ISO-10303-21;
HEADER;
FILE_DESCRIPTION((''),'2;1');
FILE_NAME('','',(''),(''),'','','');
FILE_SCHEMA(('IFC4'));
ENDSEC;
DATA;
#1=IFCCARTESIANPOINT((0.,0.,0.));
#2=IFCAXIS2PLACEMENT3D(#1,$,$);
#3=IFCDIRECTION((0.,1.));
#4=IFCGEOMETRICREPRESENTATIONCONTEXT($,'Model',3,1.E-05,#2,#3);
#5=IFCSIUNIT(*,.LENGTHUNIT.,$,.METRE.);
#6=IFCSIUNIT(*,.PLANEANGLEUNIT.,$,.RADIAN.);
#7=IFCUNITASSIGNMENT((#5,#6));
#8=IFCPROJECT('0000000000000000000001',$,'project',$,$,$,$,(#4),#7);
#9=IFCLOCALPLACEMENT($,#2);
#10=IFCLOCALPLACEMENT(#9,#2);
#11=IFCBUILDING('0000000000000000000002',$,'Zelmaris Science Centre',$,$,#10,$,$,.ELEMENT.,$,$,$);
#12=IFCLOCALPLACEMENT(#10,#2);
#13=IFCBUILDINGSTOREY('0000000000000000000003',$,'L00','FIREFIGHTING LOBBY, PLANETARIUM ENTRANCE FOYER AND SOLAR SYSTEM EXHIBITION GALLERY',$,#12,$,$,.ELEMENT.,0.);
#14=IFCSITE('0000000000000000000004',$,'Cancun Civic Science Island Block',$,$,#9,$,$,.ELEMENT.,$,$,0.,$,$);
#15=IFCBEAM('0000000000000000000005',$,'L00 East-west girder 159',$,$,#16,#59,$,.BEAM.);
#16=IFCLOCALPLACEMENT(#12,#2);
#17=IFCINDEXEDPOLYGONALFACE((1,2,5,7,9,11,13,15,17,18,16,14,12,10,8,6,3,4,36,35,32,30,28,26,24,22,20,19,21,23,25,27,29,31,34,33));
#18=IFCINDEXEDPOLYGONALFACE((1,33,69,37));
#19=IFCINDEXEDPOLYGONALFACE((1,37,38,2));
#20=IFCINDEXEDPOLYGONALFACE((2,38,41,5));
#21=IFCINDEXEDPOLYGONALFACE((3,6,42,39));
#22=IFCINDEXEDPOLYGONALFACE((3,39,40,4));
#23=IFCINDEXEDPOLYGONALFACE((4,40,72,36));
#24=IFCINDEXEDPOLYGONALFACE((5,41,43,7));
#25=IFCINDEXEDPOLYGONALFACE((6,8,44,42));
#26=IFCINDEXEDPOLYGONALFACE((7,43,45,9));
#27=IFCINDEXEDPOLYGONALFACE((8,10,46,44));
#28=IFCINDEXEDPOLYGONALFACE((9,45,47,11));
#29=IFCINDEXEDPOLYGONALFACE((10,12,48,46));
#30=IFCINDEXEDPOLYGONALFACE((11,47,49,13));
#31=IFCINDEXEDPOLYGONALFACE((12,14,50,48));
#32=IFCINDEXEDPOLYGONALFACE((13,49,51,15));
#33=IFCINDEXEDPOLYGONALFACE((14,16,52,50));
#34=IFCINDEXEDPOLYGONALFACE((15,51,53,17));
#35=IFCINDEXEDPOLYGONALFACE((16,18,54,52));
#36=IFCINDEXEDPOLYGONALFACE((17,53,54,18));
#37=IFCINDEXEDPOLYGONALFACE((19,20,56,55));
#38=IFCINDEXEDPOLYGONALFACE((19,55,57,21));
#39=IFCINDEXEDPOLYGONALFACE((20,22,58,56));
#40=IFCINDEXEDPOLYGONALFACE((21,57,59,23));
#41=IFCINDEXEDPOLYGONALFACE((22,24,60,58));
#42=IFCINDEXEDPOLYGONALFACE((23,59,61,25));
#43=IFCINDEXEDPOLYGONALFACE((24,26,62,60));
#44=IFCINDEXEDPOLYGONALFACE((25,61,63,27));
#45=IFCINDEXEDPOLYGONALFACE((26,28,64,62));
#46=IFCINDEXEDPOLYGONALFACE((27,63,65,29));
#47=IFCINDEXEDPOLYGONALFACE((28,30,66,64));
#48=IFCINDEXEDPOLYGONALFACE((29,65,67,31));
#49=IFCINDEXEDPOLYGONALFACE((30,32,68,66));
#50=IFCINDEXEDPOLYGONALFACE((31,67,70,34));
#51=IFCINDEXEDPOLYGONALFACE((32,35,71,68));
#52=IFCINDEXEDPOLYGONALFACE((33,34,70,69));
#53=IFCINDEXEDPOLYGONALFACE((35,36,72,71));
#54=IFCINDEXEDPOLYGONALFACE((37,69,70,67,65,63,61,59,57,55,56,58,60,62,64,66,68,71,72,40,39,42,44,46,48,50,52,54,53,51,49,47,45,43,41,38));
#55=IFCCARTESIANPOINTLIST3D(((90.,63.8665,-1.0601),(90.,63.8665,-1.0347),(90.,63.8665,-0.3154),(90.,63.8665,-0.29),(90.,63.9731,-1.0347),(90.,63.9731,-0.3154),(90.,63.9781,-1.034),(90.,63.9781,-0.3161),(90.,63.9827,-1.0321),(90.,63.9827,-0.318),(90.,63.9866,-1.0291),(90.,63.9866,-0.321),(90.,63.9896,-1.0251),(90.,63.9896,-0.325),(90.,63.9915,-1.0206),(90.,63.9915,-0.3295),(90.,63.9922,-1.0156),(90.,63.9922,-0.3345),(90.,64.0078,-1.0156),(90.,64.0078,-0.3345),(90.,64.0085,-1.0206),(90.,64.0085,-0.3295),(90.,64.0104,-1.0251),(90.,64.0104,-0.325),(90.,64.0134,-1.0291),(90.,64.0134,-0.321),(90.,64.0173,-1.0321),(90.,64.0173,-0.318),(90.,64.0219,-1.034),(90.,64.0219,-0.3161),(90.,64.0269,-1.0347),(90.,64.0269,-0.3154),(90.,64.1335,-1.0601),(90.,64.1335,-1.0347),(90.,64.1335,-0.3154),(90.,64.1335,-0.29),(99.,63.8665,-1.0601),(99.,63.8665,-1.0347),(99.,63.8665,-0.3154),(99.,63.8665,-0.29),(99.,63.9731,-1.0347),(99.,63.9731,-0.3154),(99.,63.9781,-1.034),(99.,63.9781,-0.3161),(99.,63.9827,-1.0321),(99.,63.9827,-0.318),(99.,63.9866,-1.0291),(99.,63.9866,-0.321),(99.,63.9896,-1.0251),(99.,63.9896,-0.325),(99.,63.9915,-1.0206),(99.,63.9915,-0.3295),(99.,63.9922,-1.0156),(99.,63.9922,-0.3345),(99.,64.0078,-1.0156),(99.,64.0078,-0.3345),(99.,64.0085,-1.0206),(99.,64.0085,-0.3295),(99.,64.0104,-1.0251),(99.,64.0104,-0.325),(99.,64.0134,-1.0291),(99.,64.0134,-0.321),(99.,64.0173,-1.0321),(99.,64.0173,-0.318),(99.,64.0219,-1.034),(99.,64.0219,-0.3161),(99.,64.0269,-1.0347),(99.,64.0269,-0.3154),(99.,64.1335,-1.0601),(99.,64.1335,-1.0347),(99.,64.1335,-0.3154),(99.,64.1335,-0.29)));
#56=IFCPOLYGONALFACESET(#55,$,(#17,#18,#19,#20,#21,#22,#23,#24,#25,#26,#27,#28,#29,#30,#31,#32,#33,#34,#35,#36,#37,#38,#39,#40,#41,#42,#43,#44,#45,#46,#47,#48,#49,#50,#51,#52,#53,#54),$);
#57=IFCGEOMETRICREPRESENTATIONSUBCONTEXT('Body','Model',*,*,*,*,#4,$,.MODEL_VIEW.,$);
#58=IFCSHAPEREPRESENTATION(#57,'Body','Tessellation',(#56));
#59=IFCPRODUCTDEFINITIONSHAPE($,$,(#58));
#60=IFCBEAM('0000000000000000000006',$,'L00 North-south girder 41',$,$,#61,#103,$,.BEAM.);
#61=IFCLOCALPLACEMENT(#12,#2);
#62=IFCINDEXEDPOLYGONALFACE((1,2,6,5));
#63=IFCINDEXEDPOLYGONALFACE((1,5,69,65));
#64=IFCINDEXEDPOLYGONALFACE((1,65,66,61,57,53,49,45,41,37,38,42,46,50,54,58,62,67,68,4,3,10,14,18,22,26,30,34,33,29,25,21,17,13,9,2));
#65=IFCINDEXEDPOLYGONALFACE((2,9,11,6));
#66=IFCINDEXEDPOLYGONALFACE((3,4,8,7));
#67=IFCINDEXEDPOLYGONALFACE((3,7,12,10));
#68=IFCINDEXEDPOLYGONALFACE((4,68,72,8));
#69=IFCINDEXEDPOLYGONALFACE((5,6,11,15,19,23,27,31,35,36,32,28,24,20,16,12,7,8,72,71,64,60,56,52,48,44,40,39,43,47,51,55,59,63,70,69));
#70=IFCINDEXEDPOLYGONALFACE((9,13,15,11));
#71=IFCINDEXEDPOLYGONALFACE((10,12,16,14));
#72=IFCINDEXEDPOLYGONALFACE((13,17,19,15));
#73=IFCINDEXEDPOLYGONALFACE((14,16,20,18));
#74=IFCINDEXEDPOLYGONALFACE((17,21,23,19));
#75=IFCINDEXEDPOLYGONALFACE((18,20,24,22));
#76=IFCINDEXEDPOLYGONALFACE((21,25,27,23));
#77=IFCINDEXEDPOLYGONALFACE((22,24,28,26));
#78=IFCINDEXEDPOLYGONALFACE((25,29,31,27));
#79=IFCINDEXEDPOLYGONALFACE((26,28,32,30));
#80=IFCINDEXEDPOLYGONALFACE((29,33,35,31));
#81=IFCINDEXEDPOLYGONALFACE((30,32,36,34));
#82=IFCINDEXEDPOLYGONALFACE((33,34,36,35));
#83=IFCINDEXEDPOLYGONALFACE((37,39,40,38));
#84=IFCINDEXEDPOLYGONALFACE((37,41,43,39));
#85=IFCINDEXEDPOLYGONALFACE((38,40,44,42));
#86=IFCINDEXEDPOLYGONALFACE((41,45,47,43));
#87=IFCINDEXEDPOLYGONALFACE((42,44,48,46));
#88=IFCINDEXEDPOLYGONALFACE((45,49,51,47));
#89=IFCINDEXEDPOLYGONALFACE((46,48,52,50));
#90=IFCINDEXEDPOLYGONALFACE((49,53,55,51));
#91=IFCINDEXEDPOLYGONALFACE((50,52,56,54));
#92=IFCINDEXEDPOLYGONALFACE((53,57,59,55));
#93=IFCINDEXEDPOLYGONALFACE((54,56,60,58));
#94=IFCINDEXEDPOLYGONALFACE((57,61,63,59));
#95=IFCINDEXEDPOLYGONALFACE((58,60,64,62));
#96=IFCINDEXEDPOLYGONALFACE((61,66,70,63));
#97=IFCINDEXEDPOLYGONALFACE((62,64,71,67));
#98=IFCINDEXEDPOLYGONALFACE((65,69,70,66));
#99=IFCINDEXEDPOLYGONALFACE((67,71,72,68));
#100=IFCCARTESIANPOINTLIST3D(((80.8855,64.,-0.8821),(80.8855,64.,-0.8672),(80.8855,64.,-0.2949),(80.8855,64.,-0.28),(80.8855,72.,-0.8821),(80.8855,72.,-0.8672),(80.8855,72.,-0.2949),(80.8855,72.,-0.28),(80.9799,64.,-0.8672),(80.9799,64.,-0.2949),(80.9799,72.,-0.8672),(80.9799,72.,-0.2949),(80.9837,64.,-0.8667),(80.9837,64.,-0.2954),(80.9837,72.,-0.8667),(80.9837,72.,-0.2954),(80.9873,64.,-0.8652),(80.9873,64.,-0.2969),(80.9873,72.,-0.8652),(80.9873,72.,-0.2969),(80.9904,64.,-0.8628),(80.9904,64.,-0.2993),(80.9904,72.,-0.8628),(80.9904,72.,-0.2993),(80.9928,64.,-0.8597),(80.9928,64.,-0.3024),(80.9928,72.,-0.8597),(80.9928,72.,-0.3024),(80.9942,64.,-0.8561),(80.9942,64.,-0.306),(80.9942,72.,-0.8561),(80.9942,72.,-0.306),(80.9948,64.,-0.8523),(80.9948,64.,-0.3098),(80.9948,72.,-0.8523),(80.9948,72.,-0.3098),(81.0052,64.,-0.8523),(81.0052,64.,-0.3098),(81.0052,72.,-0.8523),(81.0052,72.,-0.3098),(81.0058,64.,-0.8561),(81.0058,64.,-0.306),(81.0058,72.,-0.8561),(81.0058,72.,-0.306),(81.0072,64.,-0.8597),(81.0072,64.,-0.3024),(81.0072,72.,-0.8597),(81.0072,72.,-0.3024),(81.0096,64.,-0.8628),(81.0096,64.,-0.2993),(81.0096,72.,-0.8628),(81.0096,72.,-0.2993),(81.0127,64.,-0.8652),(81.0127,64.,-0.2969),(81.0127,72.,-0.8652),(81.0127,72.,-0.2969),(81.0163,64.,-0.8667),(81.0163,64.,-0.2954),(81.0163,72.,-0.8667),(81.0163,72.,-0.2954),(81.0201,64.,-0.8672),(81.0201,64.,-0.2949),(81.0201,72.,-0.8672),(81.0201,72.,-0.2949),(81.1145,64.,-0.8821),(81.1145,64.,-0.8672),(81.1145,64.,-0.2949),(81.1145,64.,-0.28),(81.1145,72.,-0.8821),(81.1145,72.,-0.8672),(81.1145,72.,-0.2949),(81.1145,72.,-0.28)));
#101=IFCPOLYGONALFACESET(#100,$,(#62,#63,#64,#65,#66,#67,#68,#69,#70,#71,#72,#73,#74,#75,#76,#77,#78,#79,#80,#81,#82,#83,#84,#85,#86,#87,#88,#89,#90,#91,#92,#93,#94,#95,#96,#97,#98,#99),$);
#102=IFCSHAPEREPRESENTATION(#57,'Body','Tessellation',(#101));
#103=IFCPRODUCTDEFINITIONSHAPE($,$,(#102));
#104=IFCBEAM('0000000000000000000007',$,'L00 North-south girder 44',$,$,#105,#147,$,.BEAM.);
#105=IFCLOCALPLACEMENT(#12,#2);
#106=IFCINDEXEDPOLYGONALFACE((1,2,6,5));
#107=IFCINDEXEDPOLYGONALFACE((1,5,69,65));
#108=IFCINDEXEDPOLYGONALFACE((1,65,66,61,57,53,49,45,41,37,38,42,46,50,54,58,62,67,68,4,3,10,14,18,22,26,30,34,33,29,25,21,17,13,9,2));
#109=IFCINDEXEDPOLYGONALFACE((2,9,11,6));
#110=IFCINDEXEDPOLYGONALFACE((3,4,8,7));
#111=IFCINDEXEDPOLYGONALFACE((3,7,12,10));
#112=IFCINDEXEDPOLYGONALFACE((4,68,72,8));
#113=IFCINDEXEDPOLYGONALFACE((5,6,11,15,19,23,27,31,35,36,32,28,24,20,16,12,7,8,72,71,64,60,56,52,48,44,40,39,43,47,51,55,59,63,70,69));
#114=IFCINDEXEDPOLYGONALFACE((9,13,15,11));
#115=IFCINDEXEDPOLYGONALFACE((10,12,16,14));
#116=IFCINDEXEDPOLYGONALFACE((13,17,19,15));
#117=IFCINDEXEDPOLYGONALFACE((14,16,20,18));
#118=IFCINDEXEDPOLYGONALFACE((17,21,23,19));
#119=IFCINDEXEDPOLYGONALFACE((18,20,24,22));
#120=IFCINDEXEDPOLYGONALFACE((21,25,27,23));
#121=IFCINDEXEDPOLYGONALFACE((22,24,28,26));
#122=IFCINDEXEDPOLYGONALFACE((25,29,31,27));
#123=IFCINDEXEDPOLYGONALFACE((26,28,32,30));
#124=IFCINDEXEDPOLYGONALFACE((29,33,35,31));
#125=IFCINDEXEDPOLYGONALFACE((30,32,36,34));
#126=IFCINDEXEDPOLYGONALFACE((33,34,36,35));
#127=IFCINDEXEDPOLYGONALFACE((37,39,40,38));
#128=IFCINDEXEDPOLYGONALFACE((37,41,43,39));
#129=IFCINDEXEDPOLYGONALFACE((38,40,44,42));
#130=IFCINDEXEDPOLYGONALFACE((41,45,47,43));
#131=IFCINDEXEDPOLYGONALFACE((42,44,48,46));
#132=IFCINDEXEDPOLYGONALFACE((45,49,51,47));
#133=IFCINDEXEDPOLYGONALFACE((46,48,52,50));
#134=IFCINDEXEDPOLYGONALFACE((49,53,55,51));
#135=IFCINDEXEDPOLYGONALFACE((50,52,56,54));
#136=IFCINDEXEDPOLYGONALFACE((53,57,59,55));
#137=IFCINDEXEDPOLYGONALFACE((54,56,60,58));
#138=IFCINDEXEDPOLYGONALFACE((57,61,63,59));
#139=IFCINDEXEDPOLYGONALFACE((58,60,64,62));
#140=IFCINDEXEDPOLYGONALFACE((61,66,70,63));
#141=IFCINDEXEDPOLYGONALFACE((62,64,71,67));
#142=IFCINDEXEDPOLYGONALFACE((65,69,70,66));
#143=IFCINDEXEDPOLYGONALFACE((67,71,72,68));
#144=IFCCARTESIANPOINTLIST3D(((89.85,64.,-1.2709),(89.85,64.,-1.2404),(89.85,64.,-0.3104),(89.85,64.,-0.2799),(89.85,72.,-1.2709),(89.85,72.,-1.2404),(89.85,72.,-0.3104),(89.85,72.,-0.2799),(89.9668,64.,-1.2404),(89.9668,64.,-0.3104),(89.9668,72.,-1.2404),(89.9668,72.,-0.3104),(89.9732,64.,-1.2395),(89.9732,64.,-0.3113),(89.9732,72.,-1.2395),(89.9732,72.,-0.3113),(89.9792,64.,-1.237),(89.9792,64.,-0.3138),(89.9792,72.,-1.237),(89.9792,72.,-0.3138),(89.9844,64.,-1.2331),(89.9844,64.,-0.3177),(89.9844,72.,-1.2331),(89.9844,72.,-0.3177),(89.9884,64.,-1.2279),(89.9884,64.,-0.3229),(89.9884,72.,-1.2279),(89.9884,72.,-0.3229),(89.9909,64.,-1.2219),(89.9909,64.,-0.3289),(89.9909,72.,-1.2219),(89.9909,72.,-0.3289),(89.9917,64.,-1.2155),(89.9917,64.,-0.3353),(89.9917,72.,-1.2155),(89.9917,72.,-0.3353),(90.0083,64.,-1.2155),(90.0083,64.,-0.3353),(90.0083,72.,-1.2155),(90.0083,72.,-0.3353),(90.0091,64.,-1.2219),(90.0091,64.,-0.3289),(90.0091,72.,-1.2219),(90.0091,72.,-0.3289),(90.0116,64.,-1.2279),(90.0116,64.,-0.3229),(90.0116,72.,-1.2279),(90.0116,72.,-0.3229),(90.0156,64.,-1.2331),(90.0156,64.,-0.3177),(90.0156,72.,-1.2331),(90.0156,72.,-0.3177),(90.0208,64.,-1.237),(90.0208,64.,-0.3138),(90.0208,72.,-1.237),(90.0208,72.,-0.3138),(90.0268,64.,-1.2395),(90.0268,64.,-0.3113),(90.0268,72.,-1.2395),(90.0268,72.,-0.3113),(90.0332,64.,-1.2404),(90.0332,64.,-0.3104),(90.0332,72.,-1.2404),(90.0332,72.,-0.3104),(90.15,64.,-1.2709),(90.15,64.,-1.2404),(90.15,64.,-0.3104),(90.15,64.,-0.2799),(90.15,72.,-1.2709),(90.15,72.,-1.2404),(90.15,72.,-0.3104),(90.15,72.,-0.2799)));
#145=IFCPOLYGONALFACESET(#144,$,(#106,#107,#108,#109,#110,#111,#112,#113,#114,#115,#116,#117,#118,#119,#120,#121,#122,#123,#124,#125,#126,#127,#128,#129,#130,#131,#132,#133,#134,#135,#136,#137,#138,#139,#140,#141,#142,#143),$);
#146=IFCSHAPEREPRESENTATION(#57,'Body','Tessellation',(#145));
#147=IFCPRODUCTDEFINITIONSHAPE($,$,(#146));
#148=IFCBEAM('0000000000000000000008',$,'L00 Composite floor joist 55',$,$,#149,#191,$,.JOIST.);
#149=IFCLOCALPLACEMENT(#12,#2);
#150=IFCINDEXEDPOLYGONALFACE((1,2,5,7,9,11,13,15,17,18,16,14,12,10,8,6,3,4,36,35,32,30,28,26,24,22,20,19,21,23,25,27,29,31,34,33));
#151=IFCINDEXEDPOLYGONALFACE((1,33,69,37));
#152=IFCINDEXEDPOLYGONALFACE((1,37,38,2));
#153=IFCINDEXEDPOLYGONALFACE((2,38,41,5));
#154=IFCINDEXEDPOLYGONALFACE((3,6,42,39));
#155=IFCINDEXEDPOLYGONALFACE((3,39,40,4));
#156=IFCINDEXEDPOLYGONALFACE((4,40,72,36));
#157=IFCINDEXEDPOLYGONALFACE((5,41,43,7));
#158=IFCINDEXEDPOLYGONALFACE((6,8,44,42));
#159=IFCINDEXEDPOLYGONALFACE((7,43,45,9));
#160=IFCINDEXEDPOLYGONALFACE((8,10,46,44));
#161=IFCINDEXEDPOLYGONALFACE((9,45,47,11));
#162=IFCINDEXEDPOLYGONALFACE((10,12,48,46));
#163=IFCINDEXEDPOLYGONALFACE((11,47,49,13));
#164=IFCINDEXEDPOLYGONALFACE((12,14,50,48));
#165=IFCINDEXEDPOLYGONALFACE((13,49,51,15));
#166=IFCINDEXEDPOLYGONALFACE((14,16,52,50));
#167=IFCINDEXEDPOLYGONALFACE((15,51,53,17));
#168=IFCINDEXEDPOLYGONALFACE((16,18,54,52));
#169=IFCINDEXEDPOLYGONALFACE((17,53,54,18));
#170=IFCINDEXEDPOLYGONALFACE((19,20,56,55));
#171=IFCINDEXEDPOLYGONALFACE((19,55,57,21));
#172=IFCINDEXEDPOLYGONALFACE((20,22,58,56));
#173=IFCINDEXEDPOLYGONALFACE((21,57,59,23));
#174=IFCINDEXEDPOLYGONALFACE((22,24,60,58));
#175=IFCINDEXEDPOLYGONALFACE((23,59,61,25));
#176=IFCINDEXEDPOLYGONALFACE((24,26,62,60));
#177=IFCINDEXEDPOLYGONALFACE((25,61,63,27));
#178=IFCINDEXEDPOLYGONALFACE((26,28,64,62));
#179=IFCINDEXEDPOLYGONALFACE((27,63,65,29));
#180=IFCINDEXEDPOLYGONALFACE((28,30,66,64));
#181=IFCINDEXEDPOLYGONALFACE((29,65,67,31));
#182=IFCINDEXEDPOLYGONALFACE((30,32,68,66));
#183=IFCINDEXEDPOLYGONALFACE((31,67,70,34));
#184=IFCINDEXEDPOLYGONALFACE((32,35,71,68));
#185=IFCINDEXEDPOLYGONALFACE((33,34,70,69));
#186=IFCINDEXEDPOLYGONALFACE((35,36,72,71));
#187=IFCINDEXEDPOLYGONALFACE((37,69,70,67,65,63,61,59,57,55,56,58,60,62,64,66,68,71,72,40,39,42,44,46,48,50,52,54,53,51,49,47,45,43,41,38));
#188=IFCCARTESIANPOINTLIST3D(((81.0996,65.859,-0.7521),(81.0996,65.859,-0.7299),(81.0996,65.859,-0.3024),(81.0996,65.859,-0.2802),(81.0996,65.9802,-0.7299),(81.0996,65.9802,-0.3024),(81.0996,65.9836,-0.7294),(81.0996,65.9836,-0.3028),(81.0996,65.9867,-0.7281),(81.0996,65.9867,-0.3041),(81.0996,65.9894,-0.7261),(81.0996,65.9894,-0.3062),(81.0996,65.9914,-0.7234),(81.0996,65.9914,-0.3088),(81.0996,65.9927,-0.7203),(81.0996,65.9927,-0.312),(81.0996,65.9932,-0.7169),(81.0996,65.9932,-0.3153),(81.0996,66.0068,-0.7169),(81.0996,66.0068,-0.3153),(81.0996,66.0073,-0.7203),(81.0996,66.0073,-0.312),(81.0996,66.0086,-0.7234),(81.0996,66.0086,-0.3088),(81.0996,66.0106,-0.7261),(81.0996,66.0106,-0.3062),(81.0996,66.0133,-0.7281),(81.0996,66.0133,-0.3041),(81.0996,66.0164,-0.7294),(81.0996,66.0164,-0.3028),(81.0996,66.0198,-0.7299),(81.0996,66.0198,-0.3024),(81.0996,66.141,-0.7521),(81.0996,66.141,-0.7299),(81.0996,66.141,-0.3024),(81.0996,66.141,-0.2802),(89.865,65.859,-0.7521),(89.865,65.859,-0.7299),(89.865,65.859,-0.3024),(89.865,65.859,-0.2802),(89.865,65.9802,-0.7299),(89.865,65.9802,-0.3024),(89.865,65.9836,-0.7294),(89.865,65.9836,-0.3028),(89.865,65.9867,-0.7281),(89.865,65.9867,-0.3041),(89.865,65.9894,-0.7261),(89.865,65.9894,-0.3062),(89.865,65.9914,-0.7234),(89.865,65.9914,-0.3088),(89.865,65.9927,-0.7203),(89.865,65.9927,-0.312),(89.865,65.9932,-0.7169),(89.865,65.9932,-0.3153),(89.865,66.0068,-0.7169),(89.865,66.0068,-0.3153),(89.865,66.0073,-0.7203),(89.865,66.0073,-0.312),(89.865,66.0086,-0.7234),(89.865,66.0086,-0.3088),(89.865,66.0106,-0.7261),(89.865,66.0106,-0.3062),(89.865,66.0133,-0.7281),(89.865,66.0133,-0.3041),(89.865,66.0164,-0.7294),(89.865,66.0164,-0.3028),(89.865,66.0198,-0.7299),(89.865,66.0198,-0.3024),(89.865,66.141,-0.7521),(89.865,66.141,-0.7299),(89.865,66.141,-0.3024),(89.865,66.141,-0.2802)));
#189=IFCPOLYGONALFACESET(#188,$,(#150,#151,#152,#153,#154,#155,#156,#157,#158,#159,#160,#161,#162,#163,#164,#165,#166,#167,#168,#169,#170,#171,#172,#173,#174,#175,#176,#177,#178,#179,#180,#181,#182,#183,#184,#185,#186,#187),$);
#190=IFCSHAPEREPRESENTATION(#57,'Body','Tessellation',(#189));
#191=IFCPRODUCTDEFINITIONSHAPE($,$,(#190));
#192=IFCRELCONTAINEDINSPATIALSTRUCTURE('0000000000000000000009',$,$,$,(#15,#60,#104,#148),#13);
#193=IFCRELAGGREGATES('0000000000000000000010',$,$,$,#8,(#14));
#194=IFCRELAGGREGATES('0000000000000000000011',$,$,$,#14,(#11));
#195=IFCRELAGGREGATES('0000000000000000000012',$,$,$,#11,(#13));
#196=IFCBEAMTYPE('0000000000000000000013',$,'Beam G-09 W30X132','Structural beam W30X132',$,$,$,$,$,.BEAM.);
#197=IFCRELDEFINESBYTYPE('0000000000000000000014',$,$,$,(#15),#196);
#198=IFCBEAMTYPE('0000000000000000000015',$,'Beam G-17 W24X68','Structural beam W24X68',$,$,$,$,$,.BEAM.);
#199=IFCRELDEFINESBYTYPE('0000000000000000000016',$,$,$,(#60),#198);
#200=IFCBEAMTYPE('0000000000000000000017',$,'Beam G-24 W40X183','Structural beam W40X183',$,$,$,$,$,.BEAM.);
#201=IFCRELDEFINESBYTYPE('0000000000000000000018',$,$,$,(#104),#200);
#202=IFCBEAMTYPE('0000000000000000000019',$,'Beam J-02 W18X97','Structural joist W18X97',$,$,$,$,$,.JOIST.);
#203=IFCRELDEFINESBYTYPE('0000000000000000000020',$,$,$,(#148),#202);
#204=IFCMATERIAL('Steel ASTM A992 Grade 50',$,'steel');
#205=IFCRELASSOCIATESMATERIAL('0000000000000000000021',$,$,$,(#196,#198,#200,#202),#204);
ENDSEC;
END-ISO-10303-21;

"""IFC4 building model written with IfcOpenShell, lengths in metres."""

from ifc_helpers import new_model, si_unit, direction, frame, origin, origin_2d, place, context, subcontext, project, spatial, i_section, extrude, material, material_profile, profile_set, type_object, element, save


model = new_model("IFC4")

# Units and contexts
model_context = context("Model", 3, precision=1e-05, world=origin(), true_north=direction((0.0, 1.0)))
body_context = subcontext(model_context, "Body", "Model", "MODEL_VIEW")
ifc_project = project(units=[si_unit("LENGTHUNIT", "METRE"), si_unit("PLANEANGLEUNIT", "RADIAN")], contexts=[model_context])

# Site, building, storey
site_placement = place(None, origin())
site = spatial("IfcSite", under=ifc_project, at=site_placement, Name="Cancun Civic Science Island Block", CompositionType="ELEMENT", RefElevation=0.0)
building_placement = place(site_placement, origin())
building = spatial("IfcBuilding", under=site, at=building_placement, Name="Zelmaris Science Centre", CompositionType="ELEMENT")
storey_placement = place(building_placement, origin())
storey = spatial("IfcBuildingStorey", under=building, at=storey_placement, Name="L00", Description="FIREFIGHTING LOBBY, PLANETARIUM ENTRANCE FOYER AND SOLAR SYSTEM EXHIBITION GALLERY", CompositionType="ELEMENT", Elevation=0.0)

# Shared definitions
ifc_material_1 = material(Name="Steel ASTM A992 Grade 50", Category="steel")

# Beams
ifc_material_profile_1 = material_profile(ifc_material_1, i_section(OverallWidth=0.2671, OverallDepth=0.77, WebThickness=0.0156, FlangeThickness=0.0254, FilletRadius=0.019, at=origin_2d()), Name="W30X132")
ifc_profile_set_1 = profile_set([ifc_material_profile_1], Name="Steel ASTM A992 Grade 50")
beam_type_1 = type_object("IfcBeamType", Name="Beam G-09 W30X132", Description="Structural beam W30X132", PredefinedType="BEAM", material=ifc_profile_set_1)
beam_1_placement = place(storey_placement, frame((90.0, 64.0, -0.675), z_axis=(1.0, 0.0, 0.0), x_axis=(0.0, 1.0, 0.0)))
element("IfcBeam", 1, at=beam_1_placement, inside=storey, type_object=beam_type_1, Name="L00 East-west girder 159", PredefinedType="BEAM", context=body_context, shape_type="SweptSolid", body=[
    extrude(i_section(OverallWidth=0.2671, OverallDepth=0.77, WebThickness=0.0156, FlangeThickness=0.0254, FilletRadius=0.019, at=origin_2d()), origin(), (0.0, 0.0, 1.0), 9.0),
])
ifc_material_profile_2 = material_profile(ifc_material_1, i_section(OverallWidth=0.229, OverallDepth=0.6021, WebThickness=0.0105, FlangeThickness=0.0149, FilletRadius=0.0149, at=origin_2d()), Name="W24X68")
ifc_profile_set_2 = profile_set([ifc_material_profile_2], Name="Steel ASTM A992 Grade 50")
beam_type_2 = type_object("IfcBeamType", Name="Beam G-17 W24X68", Description="Structural beam W24X68", PredefinedType="BEAM", material=ifc_profile_set_2)
beam_2_placement = place(storey_placement, frame((81.0, 64.0, -0.5811), z_axis=(0.0, 1.0, 0.0), x_axis=(-1.0, 0.0, 0.0)))
element("IfcBeam", 2, at=beam_2_placement, inside=storey, type_object=beam_type_2, Name="L00 North-south girder 41", PredefinedType="BEAM", context=body_context, shape_type="SweptSolid", body=[
    extrude(i_section(OverallWidth=0.229, OverallDepth=0.6021, WebThickness=0.0105, FlangeThickness=0.0149, FilletRadius=0.0149, at=origin_2d()), origin(), (0.0, 0.0, 1.0), 8.0),
])
ifc_material_profile_3 = material_profile(ifc_material_1, i_section(OverallWidth=0.3, OverallDepth=0.991, WebThickness=0.0166, FlangeThickness=0.0305, FilletRadius=0.0249, at=origin_2d()), Name="W40X183")
ifc_profile_set_3 = profile_set([ifc_material_profile_3], Name="Steel ASTM A992 Grade 50")
beam_type_3 = type_object("IfcBeamType", Name="Beam G-24 W40X183", Description="Structural beam W40X183", PredefinedType="BEAM", material=ifc_profile_set_3)
beam_3_placement = place(storey_placement, frame((90.0, 64.0, -0.7754), z_axis=(0.0, 1.0, 0.0), x_axis=(-1.0, 0.0, 0.0)))
element("IfcBeam", 3, at=beam_3_placement, inside=storey, type_object=beam_type_3, Name="L00 North-south girder 44", PredefinedType="BEAM", context=body_context, shape_type="SweptSolid", body=[
    extrude(i_section(OverallWidth=0.3, OverallDepth=0.991, WebThickness=0.0166, FlangeThickness=0.0305, FilletRadius=0.0249, at=origin_2d()), origin(), (0.0, 0.0, 1.0), 8.0),
])
ifc_material_profile_4 = material_profile(ifc_material_1, i_section(OverallWidth=0.282, OverallDepth=0.4719, WebThickness=0.0137, FlangeThickness=0.0222, FilletRadius=0.0129, at=origin_2d()), Name="W18X97")
ifc_profile_set_4 = profile_set([ifc_material_profile_4], Name="Steel ASTM A992 Grade 50")
beam_type_4 = type_object("IfcBeamType", Name="Beam J-02 W18X97", Description="Structural joist W18X97", PredefinedType="JOIST", material=ifc_profile_set_4)
beam_4_placement = place(storey_placement, frame((81.0996, 66.0, -0.5161), z_axis=(1.0, 0.0, 0.0), x_axis=(0.0, 1.0, 0.0)))
element("IfcBeam", 4, at=beam_4_placement, inside=storey, type_object=beam_type_4, Name="L00 Composite floor joist 55", PredefinedType="JOIST", context=body_context, shape_type="SweptSolid", body=[
    extrude(i_section(OverallWidth=0.282, OverallDepth=0.4719, WebThickness=0.0137, FlangeThickness=0.0222, FilletRadius=0.0129, at=origin_2d()), origin(), (0.0, 0.0, 1.0), 8.7654),
])

save(model, "model.ifc")
